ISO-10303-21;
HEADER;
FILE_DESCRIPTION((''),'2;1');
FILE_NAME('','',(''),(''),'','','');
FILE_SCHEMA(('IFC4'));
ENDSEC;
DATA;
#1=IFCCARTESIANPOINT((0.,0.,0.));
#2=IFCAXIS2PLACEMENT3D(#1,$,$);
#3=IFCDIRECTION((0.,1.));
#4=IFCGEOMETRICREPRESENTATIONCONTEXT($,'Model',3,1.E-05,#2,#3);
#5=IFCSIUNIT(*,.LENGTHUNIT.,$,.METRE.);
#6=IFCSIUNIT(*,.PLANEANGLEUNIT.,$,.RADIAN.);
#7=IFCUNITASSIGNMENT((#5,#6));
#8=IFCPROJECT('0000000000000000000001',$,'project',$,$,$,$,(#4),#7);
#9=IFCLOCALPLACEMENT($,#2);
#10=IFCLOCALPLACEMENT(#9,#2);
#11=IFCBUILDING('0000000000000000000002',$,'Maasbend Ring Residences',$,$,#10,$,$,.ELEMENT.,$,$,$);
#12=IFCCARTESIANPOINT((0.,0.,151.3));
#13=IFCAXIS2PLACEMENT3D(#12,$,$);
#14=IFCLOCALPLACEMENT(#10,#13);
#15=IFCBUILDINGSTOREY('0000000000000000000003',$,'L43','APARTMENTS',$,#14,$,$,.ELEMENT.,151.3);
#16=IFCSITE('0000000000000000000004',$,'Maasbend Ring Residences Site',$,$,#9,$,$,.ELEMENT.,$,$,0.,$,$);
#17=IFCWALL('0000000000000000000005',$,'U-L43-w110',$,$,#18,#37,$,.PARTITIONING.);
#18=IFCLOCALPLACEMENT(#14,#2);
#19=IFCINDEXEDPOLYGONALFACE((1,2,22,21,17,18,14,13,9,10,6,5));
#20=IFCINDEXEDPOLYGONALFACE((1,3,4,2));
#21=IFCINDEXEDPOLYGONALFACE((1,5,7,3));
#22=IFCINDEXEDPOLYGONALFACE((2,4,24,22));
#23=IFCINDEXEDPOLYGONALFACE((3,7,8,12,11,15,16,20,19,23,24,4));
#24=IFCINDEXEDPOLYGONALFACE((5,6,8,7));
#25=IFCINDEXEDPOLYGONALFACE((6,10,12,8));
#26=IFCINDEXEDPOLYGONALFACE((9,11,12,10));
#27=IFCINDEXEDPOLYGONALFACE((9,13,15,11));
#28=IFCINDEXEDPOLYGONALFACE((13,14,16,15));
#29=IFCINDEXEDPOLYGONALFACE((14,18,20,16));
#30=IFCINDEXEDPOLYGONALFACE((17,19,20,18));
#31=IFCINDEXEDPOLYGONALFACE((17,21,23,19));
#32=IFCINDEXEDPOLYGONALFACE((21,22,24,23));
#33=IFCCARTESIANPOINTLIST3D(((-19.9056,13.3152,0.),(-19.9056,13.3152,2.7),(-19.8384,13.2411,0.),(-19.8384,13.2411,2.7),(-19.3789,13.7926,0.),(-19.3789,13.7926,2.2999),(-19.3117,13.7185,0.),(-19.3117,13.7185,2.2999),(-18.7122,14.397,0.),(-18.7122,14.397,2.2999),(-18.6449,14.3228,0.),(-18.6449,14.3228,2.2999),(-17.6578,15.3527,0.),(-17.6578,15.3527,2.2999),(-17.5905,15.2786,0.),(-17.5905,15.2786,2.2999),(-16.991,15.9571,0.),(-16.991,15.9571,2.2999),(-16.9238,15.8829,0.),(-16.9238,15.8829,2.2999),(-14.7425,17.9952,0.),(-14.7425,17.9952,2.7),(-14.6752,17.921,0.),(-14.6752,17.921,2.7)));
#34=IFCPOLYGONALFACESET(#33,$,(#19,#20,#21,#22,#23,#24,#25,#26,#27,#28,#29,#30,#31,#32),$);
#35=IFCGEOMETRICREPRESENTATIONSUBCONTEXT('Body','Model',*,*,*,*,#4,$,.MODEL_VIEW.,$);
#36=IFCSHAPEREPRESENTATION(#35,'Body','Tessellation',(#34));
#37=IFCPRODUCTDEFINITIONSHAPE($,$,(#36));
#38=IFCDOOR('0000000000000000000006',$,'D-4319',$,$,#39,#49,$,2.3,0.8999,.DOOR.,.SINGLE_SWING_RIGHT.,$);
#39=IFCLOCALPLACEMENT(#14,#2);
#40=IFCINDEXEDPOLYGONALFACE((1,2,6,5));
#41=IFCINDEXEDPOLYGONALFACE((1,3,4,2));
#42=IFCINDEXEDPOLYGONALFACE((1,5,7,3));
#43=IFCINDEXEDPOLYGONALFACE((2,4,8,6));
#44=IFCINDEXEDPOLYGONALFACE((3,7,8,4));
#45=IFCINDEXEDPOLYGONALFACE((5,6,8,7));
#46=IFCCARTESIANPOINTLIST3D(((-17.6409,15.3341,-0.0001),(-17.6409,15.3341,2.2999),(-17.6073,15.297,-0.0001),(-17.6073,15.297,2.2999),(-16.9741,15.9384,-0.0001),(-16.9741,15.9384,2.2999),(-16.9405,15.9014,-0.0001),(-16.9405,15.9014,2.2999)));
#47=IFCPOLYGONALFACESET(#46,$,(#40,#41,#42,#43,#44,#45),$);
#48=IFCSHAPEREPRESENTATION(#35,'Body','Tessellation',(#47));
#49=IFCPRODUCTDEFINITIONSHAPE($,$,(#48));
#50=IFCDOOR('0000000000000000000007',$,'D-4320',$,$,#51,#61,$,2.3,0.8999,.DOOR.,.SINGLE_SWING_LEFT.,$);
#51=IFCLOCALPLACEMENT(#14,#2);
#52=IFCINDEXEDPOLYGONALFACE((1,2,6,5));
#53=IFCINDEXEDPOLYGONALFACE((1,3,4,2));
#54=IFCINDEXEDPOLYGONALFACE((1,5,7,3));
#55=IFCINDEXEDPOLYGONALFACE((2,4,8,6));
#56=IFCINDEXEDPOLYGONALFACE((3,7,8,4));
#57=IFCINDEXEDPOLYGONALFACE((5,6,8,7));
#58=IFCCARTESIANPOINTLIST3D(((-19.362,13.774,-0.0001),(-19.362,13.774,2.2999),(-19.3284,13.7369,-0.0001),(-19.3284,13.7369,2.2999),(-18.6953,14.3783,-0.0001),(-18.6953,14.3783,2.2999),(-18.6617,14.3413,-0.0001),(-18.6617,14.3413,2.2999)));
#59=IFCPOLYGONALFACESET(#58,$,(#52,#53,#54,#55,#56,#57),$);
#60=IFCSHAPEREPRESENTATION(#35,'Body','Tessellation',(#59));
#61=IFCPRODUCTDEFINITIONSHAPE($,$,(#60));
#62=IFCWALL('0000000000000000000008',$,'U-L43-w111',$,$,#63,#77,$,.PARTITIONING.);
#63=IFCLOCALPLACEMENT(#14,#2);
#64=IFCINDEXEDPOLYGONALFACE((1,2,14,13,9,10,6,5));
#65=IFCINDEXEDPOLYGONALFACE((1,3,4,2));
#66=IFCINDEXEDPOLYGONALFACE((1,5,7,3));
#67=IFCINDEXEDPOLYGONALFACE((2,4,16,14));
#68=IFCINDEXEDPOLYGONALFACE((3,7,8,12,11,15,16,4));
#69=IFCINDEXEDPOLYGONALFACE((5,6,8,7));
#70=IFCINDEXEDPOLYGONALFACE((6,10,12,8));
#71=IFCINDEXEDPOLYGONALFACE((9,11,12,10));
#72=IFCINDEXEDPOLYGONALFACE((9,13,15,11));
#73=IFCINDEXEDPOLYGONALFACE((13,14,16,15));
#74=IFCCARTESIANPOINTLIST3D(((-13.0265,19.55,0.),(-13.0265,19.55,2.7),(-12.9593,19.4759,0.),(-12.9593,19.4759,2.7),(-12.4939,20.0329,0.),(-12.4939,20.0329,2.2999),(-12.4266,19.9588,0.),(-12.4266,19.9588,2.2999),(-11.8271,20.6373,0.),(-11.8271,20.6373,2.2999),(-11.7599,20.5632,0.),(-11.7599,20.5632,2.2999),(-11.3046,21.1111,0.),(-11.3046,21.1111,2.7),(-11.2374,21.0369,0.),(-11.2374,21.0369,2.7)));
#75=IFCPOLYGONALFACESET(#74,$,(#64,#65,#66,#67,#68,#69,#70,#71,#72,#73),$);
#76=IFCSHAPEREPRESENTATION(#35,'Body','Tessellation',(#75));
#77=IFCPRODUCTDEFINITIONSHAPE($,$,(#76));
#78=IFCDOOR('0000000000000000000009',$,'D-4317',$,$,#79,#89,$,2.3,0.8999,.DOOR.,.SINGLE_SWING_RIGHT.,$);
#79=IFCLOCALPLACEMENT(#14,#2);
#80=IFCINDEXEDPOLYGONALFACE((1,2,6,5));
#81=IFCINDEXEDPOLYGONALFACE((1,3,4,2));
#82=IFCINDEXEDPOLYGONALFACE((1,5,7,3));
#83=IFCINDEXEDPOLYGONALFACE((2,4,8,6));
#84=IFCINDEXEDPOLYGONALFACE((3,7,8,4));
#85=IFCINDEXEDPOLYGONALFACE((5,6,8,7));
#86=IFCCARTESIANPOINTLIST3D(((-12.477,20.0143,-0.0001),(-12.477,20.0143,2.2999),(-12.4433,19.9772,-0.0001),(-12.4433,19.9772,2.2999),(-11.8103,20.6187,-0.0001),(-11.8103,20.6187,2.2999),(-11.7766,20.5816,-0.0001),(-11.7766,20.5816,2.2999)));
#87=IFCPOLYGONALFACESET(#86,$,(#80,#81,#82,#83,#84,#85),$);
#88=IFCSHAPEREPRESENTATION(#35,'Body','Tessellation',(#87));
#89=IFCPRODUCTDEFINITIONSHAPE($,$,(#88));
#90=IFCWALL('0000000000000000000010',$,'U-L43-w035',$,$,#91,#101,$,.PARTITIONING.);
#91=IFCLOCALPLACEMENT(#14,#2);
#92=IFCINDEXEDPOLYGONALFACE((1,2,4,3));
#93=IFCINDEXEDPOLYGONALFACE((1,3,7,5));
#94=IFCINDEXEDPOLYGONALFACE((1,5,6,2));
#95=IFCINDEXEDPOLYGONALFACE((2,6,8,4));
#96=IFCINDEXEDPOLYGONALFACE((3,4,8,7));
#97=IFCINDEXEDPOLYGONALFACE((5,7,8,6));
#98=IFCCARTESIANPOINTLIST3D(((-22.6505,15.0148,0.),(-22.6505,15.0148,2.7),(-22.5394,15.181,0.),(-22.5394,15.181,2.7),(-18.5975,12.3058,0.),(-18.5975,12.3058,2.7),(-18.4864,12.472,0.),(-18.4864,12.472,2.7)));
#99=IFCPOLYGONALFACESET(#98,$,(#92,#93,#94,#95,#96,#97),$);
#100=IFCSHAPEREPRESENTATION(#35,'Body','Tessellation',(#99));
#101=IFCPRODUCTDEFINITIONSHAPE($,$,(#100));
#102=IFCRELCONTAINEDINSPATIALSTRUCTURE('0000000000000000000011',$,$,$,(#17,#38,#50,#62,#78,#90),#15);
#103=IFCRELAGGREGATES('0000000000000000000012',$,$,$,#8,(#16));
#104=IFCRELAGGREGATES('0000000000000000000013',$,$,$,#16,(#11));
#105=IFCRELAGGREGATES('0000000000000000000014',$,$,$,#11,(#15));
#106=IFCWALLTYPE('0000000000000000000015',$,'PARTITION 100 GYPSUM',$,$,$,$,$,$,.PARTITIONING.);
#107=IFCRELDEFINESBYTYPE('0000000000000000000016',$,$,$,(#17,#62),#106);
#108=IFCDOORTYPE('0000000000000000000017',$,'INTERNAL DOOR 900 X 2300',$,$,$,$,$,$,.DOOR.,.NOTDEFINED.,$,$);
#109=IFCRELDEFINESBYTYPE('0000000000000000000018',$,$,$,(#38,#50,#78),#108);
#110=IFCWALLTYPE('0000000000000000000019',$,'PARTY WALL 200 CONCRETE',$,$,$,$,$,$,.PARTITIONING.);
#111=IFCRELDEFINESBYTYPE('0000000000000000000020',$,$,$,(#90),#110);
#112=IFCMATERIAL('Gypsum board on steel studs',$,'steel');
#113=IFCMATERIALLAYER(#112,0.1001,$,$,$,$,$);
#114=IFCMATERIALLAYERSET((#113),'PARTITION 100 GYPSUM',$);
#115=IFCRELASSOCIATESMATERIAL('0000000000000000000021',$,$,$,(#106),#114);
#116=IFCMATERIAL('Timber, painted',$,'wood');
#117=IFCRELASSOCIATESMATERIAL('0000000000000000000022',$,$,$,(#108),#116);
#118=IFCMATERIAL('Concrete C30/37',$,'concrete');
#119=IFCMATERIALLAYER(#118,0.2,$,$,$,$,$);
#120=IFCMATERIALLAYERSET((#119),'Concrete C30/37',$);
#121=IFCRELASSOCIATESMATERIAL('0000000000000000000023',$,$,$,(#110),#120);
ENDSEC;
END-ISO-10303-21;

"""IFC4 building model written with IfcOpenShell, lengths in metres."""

from ifc_helpers import new_model, si_unit, direction, frame, frame_2d, origin, place, context, subcontext, project, spatial, rectangle, extrude, material, layer, layer_set, type_object, element, fill, save


model = new_model("IFC4")

# Units and contexts
model_context = context("Model", 3, precision=1e-05, world=origin(), true_north=direction((0.0, 1.0)))
body_context = subcontext(model_context, "Body", "Model", "MODEL_VIEW")
ifc_project = project(units=[si_unit("LENGTHUNIT", "METRE"), si_unit("PLANEANGLEUNIT", "RADIAN")], contexts=[model_context])

# Site, building, storey
site_placement = place(None, origin())
site = spatial("IfcSite", under=ifc_project, at=site_placement, Name="Maasbend Ring Residences Site", CompositionType="ELEMENT", RefElevation=0.0)
building_placement = place(site_placement, origin())
building = spatial("IfcBuilding", under=site, at=building_placement, Name="Maasbend Ring Residences", CompositionType="ELEMENT")
storey_placement = place(building_placement, frame((0.0, 0.0, 151.3)))
storey = spatial("IfcBuildingStorey", under=building, at=storey_placement, Name="L43", Description="APARTMENTS", CompositionType="ELEMENT", Elevation=151.3)

# Shared definitions
ifc_material_1 = material(Name="Gypsum board on steel studs", Category="steel")
ifc_layer_1 = layer(ifc_material_1, 0.1001)
ifc_layer_set_1 = layer_set([ifc_layer_1], Name="PARTITION 100 GYPSUM")
wall_type_1 = type_object("IfcWallType", Name="PARTITION 100 GYPSUM", PredefinedType="PARTITIONING", material=ifc_layer_set_1)

# Wall, openings, doors
wall_1_placement = place(storey_placement, frame((-19.8721, 13.2781, 0.0), z_axis=(0.0, 0.0, 1.0), x_axis=(0.740924, 0.671589, 0.0)))
wall_1 = element("IfcWall", 1, at=wall_1_placement, inside=storey, type_object=wall_type_1, Name="U-L43-w110", PredefinedType="PARTITIONING", context=body_context, shape_type="SweptSolid", body=[
    extrude(rectangle(XDim=6.9685, YDim=0.1001, at=frame_2d((3.4844, 0.0))), origin(), (0.0, 0.0, 1.0), 2.7),
])
opening_1_placement = place(wall_1_placement, frame((3.0339, 0.0, 0.0)))
opening_1 = element("IfcOpeningElement", 2, at=opening_1_placement, cuts=wall_1, PredefinedType="OPENING", context=body_context, shape_type="SweptSolid", body=[
    extrude(rectangle(XDim=0.8999, YDim=2.3, at=frame_2d((0.45, 1.1499))), frame((0.0, 0.0601, 0.0), z_axis=(0.0, -1.0, 0.0), x_axis=(1.0, 0.0, 0.0)), (0.0, 0.0, 1.0), 0.1201),
])
opening_2_placement = place(wall_1_placement, frame((0.7109, 0.0, 0.0)))
opening_2 = element("IfcOpeningElement", 3, at=opening_2_placement, cuts=wall_1, PredefinedType="OPENING", context=body_context, shape_type="SweptSolid", body=[
    extrude(rectangle(XDim=0.8999, YDim=2.3, at=frame_2d((0.45, 1.1499))), frame((0.0, 0.0601, 0.0), z_axis=(0.0, -1.0, 0.0), x_axis=(1.0, 0.0, 0.0)), (0.0, 0.0, 1.0), 0.1201),
])
ifc_material_2 = material(Name="Timber, painted", Category="wood")
door_type_1 = type_object("IfcDoorType", Name="INTERNAL DOOR 900 X 2300", OperationType="NOTDEFINED", PredefinedType="DOOR", material=ifc_material_2)
door_1_placement = place(opening_1_placement, origin())
door_1 = element("IfcDoor", 4, at=door_1_placement, inside=storey, type_object=door_type_1, Name="D-4319", OperationType="SINGLE_SWING_RIGHT", OverallHeight=2.3, OverallWidth=0.8999, PredefinedType="DOOR", context=body_context, shape_type="SweptSolid", body=[
    extrude(rectangle(XDim=0.8999, YDim=2.3, at=frame_2d((0.45, 1.1499))), frame((0.0, 0.0249, 0.0), z_axis=(0.0, -1.0, 0.0), x_axis=(1.0, 0.0, 0.0)), (0.0, 0.0, 1.0), 0.05),
])
fill(opening_1, door_1)
door_2_placement = place(opening_2_placement, origin())
door_2 = element("IfcDoor", 5, at=door_2_placement, inside=storey, type_object=door_type_1, Name="D-4320", OperationType="SINGLE_SWING_LEFT", OverallHeight=2.3, OverallWidth=0.8999, PredefinedType="DOOR", context=body_context, shape_type="SweptSolid", body=[
    extrude(rectangle(XDim=0.8999, YDim=2.3, at=frame_2d((0.45, 1.1499))), frame((0.0, 0.0249, 0.0), z_axis=(0.0, -1.0, 0.0), x_axis=(1.0, 0.0, 0.0)), (0.0, 0.0, 1.0), 0.05),
])
fill(opening_2, door_2)

# Wall, opening, door
wall_2_placement = place(storey_placement, frame((-12.9929, 19.5129, 0.0), z_axis=(0.0, 0.0, 1.0), x_axis=(0.740871, 0.671647, 0.0)))
wall_2 = element("IfcWall", 6, at=wall_2_placement, inside=storey, type_object=wall_type_1, Name="U-L43-w111", PredefinedType="PARTITIONING", context=body_context, shape_type="SweptSolid", body=[
    extrude(rectangle(XDim=2.3242, YDim=0.1001, at=frame_2d((1.1621, 0.0))), origin(), (0.0, 0.0, 1.0), 2.7),
])
opening_3_placement = place(wall_2_placement, frame((0.719, 0.0, 0.0)))
opening_3 = element("IfcOpeningElement", 7, at=opening_3_placement, cuts=wall_2, PredefinedType="OPENING", context=body_context, shape_type="SweptSolid", body=[
    extrude(rectangle(XDim=0.8999, YDim=2.3, at=frame_2d((0.45, 1.1499))), frame((0.0, 0.0601, 0.0), z_axis=(0.0, -1.0, 0.0), x_axis=(1.0, 0.0, 0.0)), (0.0, 0.0, 1.0), 0.1201),
])
door_3_placement = place(opening_3_placement, origin())
door_3 = element("IfcDoor", 8, at=door_3_placement, inside=storey, type_object=door_type_1, Name="D-4317", OperationType="SINGLE_SWING_RIGHT", OverallHeight=2.3, OverallWidth=0.8999, PredefinedType="DOOR", context=body_context, shape_type="SweptSolid", body=[
    extrude(rectangle(XDim=0.8999, YDim=2.3, at=frame_2d((0.45, 1.1499))), frame((0.0, 0.0249, 0.0), z_axis=(0.0, -1.0, 0.0), x_axis=(1.0, 0.0, 0.0)), (0.0, 0.0, 1.0), 0.05),
])
fill(opening_3, door_3)

# Wall
ifc_material_3 = material(Name="Concrete C30/37", Category="concrete")
ifc_layer_2 = layer(ifc_material_3, 0.2)
ifc_layer_set_2 = layer_set([ifc_layer_2], Name="Concrete C30/37")
wall_type_2 = type_object("IfcWallType", Name="PARTY WALL 200 CONCRETE", PredefinedType="PARTITIONING", material=ifc_layer_set_2)
wall_3_placement = place(storey_placement, frame((-22.595, 15.0979, 0.0), z_axis=(0.0, 0.0, 1.0), x_axis=(0.831387, -0.555694, 0.0)))
element("IfcWall", 9, at=wall_3_placement, inside=storey, type_object=wall_type_2, Name="U-L43-w035", PredefinedType="PARTITIONING", context=body_context, shape_type="SweptSolid", body=[
    extrude(rectangle(XDim=4.875, YDim=0.2, at=frame_2d((2.4375, 0.0))), origin(), (0.0, 0.0, 1.0), 2.7),
])

save(model, "model.ifc")
